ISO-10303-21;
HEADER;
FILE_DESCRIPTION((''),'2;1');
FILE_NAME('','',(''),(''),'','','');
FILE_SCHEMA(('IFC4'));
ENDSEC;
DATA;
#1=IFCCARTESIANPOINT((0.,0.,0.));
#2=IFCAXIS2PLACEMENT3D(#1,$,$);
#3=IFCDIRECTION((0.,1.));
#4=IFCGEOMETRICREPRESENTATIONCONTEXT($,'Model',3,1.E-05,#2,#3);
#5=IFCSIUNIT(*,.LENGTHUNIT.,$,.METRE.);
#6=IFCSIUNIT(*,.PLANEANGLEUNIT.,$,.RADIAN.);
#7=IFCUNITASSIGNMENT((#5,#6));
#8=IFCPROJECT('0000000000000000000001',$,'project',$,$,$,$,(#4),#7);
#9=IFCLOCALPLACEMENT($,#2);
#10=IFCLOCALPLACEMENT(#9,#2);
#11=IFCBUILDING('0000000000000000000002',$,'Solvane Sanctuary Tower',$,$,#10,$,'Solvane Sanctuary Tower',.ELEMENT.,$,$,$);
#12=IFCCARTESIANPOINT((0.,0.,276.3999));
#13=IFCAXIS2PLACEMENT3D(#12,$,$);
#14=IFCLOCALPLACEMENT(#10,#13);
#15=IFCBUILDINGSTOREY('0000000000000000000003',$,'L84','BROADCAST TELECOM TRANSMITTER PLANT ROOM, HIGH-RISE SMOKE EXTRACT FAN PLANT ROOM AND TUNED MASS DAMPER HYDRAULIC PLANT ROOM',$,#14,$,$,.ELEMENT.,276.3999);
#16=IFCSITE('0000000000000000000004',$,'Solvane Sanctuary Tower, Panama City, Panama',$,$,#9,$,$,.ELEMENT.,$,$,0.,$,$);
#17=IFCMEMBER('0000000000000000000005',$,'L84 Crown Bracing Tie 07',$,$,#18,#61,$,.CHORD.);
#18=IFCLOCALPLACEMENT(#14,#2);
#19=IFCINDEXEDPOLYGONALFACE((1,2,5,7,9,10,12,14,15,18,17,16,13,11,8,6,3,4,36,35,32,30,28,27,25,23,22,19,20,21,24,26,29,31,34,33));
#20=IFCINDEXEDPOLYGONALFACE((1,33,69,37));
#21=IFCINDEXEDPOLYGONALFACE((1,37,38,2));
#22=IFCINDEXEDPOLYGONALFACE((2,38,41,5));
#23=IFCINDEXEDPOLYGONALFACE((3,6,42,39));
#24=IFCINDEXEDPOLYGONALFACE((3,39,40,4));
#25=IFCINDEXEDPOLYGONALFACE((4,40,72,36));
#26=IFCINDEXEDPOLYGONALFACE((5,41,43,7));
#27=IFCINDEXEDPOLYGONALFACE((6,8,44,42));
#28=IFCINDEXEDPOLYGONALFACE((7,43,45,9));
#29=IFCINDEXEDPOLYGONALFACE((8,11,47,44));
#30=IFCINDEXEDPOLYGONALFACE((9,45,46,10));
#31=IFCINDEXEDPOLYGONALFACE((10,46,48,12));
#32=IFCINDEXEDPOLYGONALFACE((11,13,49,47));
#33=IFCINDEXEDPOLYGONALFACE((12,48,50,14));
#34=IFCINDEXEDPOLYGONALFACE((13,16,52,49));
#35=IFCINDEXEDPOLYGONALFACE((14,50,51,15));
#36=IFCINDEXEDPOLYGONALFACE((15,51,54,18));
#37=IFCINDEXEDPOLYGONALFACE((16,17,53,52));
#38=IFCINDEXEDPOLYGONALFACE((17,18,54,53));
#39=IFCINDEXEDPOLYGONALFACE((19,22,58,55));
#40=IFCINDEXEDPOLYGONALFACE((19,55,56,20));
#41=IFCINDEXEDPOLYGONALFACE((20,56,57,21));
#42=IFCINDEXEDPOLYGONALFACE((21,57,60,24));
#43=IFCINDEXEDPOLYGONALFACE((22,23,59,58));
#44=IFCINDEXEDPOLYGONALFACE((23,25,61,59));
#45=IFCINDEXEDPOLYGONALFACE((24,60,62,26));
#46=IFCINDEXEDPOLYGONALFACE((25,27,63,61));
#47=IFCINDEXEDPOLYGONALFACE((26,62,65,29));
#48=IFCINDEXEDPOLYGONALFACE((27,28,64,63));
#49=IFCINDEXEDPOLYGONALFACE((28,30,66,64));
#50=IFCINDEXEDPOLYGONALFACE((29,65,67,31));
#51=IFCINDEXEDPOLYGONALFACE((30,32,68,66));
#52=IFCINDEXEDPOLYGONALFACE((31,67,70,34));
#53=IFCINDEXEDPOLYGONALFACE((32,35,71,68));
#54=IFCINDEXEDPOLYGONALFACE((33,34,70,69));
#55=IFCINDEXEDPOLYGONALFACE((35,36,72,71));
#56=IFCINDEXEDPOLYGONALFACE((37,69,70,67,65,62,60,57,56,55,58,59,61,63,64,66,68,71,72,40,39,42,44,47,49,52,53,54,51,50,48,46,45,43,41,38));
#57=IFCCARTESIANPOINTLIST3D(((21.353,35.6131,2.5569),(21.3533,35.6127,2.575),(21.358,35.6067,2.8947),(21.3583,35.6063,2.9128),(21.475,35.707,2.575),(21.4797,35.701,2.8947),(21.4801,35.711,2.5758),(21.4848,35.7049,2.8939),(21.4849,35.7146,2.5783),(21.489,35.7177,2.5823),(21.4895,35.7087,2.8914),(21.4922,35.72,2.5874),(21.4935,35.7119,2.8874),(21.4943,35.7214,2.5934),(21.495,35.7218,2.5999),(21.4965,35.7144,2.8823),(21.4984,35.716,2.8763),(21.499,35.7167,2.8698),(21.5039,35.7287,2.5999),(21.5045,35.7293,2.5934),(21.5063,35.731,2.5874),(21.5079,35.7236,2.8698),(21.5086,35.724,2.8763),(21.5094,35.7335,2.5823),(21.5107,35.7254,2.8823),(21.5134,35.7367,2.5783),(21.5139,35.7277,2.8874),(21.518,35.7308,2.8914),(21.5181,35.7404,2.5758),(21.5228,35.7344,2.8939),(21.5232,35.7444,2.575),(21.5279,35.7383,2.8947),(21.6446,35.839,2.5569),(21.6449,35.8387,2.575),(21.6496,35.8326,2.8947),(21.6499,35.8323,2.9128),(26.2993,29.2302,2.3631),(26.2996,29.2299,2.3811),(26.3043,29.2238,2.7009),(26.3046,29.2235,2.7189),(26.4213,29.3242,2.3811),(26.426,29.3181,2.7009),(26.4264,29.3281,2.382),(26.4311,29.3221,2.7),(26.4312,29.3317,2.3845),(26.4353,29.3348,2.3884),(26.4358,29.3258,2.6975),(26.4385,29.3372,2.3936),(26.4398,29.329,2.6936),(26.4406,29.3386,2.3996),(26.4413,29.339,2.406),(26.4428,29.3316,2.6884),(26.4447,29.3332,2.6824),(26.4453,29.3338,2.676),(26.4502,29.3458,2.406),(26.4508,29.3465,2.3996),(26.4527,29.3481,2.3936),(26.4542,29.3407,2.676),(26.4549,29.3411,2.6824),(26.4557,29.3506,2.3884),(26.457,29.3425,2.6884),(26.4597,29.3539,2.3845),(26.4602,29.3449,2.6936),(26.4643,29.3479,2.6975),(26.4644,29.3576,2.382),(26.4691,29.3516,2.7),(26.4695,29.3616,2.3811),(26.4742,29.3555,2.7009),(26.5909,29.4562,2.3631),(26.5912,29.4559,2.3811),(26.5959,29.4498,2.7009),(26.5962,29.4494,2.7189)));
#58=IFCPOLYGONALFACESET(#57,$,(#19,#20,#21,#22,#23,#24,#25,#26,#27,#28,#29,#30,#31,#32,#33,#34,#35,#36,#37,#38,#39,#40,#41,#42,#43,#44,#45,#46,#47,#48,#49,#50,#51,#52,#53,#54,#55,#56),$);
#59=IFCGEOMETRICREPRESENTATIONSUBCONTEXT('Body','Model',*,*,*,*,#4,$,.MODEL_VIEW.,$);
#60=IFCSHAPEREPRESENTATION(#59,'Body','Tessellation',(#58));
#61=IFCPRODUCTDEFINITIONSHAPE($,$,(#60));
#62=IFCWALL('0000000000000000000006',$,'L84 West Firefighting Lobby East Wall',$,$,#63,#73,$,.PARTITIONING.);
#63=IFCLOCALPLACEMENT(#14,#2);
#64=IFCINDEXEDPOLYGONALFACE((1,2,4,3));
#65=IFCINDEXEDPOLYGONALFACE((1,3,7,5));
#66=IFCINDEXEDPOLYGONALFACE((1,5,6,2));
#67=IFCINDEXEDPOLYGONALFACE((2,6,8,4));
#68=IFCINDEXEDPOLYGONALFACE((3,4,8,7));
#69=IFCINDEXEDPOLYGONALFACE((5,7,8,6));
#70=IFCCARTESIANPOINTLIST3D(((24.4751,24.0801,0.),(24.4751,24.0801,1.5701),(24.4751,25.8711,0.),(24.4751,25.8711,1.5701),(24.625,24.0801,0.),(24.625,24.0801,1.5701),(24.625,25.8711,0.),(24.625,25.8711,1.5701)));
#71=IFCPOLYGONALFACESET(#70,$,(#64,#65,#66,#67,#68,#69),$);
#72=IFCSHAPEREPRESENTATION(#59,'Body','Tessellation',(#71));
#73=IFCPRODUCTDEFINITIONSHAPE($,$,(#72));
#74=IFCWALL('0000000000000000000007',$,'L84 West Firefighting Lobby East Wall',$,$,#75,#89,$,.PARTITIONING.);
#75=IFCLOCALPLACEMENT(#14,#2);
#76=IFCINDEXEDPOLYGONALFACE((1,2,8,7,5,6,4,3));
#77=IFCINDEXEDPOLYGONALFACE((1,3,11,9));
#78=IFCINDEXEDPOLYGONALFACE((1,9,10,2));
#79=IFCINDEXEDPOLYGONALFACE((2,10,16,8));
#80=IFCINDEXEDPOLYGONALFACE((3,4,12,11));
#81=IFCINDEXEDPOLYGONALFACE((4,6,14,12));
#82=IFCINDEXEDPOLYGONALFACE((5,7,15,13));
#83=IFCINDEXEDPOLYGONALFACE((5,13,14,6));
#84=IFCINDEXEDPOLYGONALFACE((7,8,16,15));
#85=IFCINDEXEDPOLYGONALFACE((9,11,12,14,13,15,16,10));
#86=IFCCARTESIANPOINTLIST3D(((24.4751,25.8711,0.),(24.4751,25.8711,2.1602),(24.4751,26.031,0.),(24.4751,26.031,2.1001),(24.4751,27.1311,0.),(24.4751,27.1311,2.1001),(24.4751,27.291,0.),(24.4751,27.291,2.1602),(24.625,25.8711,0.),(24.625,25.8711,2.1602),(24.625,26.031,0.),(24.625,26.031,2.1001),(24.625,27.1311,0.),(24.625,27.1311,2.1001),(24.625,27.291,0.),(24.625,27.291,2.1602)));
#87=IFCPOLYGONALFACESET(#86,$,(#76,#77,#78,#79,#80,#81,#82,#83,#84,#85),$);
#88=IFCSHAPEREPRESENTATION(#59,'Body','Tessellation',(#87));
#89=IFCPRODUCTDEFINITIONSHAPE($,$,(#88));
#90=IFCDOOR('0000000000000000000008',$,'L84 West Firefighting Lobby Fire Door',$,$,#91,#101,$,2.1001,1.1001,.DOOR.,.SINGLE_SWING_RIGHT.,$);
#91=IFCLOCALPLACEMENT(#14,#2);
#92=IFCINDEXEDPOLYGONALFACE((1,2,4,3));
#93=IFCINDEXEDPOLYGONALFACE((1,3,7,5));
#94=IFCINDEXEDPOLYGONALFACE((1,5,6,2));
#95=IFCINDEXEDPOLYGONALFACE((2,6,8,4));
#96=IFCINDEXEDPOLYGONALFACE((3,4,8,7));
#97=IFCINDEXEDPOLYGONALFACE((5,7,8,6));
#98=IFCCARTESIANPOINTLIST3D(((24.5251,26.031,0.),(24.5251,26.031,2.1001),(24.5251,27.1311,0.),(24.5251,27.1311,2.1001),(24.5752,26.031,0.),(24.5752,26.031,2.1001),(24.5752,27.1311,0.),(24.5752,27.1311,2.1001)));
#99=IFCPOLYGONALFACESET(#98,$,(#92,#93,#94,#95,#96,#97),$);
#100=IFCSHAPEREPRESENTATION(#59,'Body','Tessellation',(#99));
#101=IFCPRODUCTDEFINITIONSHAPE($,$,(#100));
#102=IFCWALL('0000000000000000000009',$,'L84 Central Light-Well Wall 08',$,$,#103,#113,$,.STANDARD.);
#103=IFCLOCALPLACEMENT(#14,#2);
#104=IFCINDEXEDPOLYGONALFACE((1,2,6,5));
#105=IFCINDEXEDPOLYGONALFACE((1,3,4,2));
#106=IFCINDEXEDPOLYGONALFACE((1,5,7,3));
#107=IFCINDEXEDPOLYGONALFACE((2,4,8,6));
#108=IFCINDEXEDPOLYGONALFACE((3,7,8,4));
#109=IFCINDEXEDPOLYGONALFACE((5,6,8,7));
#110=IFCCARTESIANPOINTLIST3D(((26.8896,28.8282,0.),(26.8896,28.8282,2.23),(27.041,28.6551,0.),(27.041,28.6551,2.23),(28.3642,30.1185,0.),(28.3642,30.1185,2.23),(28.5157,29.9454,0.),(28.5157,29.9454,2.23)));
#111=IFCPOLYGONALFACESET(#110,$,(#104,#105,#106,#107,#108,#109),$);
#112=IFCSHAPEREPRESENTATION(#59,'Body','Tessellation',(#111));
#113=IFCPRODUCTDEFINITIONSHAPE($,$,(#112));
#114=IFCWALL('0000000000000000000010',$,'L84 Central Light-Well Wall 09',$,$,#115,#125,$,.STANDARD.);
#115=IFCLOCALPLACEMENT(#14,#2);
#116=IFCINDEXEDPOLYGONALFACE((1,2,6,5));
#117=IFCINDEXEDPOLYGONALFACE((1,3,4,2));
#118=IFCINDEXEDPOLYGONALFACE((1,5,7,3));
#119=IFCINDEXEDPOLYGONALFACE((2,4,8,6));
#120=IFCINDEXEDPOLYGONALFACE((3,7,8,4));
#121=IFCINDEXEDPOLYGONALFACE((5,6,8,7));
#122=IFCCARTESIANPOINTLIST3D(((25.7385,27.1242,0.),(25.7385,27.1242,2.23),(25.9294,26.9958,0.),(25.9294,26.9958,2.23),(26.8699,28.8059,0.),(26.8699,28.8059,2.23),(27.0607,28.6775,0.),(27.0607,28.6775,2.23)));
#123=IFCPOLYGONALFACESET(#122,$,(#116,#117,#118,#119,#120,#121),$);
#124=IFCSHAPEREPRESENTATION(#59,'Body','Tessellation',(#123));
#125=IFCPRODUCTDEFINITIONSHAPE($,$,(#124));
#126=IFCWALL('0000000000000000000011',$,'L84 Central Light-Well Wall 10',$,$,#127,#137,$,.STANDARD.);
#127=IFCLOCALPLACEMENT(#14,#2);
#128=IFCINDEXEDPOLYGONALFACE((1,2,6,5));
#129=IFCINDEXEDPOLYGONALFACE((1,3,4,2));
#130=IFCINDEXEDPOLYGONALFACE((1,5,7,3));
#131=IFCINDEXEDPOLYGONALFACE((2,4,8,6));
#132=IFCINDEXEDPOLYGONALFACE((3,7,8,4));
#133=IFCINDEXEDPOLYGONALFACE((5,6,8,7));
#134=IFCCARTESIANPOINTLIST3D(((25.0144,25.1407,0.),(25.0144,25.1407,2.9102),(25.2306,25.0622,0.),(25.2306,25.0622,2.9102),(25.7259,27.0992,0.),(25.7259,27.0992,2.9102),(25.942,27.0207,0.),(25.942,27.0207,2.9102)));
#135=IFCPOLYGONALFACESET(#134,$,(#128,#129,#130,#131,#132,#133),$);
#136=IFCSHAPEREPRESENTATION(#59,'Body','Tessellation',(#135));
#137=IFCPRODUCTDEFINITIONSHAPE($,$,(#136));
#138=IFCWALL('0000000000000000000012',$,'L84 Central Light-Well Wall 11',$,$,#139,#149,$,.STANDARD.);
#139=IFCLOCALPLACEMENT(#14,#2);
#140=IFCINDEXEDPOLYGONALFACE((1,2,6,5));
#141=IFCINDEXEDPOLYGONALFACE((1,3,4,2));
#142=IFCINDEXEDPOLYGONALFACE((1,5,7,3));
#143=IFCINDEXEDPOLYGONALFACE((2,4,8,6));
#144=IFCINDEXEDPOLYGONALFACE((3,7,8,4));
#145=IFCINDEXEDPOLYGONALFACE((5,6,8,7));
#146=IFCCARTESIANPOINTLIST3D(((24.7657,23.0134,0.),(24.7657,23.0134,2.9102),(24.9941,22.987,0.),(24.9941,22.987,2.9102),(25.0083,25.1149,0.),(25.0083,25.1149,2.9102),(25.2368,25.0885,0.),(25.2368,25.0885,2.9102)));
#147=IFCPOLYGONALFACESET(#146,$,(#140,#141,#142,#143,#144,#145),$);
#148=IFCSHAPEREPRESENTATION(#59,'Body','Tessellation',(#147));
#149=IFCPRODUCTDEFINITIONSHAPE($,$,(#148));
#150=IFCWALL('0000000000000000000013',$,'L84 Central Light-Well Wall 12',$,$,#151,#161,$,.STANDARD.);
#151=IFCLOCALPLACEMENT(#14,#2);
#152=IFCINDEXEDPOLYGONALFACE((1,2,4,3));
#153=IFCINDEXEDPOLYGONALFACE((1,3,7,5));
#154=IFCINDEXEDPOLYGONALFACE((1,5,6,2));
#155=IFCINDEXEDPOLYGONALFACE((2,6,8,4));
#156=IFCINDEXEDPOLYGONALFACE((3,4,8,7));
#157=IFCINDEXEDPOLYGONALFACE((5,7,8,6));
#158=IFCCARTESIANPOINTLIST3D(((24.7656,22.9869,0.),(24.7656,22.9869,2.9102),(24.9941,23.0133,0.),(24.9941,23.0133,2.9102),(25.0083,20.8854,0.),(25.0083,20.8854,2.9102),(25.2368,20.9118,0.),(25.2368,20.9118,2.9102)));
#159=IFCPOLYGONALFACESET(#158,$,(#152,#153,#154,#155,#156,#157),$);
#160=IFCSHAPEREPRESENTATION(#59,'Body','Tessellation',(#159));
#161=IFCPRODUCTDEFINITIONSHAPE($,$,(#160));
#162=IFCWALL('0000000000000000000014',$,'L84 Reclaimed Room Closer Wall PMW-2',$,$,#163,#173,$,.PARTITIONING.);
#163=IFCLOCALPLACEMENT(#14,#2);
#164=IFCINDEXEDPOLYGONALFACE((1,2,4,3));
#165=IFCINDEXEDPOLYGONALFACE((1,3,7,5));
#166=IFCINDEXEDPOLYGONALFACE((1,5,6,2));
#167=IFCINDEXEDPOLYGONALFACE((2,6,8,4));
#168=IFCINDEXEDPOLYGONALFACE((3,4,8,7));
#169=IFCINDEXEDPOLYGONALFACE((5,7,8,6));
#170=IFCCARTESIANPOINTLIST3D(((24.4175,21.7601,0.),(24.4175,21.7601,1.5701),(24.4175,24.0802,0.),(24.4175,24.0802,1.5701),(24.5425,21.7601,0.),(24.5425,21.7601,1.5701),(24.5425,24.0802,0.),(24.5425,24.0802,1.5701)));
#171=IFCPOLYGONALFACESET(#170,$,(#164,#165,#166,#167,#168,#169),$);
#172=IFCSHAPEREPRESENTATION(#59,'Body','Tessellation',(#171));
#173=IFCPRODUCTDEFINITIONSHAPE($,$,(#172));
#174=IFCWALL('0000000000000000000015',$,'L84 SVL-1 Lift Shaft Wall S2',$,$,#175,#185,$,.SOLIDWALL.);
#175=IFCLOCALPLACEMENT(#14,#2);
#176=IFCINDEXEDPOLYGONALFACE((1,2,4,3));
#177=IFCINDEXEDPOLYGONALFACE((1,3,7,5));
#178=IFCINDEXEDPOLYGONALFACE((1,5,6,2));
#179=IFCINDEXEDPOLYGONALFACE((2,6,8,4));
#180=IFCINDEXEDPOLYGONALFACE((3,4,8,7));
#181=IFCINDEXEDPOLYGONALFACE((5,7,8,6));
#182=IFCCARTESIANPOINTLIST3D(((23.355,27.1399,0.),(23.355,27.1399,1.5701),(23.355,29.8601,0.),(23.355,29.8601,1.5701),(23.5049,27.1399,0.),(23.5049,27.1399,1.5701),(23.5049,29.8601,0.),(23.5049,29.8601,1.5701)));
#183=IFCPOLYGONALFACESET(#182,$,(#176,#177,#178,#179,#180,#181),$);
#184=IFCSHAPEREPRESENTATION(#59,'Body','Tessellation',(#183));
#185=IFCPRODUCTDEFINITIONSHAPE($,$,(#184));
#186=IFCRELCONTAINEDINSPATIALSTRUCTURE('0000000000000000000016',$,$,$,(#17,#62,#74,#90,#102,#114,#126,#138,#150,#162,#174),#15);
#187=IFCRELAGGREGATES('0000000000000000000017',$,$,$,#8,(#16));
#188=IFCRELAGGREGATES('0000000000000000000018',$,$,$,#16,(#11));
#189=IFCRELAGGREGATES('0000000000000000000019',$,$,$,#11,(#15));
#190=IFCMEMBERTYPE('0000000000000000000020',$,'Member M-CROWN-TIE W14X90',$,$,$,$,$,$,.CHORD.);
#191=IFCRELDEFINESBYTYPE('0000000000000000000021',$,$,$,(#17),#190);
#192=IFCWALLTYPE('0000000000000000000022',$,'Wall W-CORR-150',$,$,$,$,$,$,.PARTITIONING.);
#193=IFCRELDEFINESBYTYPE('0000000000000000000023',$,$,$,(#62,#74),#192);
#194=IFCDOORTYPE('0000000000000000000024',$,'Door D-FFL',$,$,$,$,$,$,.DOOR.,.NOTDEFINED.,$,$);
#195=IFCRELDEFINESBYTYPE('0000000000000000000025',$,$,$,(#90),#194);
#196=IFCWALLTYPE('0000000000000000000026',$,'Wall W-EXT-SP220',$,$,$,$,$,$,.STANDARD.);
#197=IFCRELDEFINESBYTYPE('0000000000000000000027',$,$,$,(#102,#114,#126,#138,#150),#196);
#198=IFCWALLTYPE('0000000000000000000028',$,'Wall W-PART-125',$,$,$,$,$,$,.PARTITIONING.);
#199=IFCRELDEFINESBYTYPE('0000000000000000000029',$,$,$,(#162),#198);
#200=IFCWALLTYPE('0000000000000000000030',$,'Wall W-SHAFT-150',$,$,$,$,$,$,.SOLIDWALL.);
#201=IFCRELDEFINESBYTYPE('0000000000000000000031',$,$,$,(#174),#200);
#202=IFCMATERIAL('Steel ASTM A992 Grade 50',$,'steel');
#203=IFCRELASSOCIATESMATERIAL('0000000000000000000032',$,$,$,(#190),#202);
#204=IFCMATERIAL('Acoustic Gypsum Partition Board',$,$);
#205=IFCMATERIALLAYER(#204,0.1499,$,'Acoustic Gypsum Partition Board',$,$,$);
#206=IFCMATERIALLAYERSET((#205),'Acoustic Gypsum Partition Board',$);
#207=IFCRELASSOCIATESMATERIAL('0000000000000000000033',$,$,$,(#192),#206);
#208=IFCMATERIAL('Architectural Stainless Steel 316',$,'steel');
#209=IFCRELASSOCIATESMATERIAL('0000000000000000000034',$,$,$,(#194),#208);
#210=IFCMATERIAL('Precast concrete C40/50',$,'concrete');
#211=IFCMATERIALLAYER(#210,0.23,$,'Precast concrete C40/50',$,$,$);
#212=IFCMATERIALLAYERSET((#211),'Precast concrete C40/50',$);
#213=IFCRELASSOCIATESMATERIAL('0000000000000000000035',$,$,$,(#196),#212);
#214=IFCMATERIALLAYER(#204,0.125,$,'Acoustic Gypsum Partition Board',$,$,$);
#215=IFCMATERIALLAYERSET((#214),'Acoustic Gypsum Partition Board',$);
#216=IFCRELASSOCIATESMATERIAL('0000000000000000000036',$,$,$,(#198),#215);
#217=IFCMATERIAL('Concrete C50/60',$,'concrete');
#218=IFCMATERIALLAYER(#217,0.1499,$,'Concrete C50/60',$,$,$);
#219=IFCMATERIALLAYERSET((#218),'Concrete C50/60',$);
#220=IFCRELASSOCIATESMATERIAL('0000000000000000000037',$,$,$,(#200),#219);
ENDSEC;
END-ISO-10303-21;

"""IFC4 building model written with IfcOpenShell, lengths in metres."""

from ifc_helpers import new_model, si_unit, direction, frame, frame_2d, origin, origin_2d, place, context, subcontext, project, spatial, rectangle, i_section, extrude, material, layer, layer_set, material_profile, profile_set, type_object, element, fill, save


model = new_model("IFC4")

# Units and contexts
model_context = context("Model", 3, precision=1e-05, world=origin(), true_north=direction((0.0, 1.0)))
body_context = subcontext(model_context, "Body", "Model", "MODEL_VIEW")
ifc_project = project(units=[si_unit("LENGTHUNIT", "METRE"), si_unit("PLANEANGLEUNIT", "RADIAN")], contexts=[model_context])

# Site, building, storey
site_placement = place(None, origin())
site = spatial("IfcSite", under=ifc_project, at=site_placement, Name="Solvane Sanctuary Tower, Panama City, Panama", CompositionType="ELEMENT", RefElevation=0.0)
building_placement = place(site_placement, origin())
building = spatial("IfcBuilding", under=site, at=building_placement, Name="Solvane Sanctuary Tower", LongName="Solvane Sanctuary Tower", CompositionType="ELEMENT")
storey_placement = place(building_placement, frame((0.0, 0.0, 276.3999)))
storey = spatial("IfcBuildingStorey", under=building, at=storey_placement, Name="L84", Description="BROADCAST TELECOM TRANSMITTER PLANT ROOM, HIGH-RISE SMOKE EXTRACT FAN PLANT ROOM AND TUNED MASS DAMPER HYDRAULIC PLANT ROOM", CompositionType="ELEMENT", Elevation=276.3999)

# Shared definitions
ifc_material_1 = material(Name="Concrete C50/60", Category="concrete")

# Shared definitions
ifc_material_2 = material(Name="Steel ASTM A992 Grade 50", Category="steel")

# Member
ifc_material_profile_1 = material_profile(ifc_material_2, i_section(OverallWidth=0.3689, OverallDepth=0.356, WebThickness=0.0112, FlangeThickness=0.0181, FilletRadius=0.0249, at=origin_2d()), Name="W14X90")
ifc_profile_set_1 = profile_set([ifc_material_profile_1], Name="Steel ASTM A992 Grade 50")
member_type = type_object("IfcMemberType", Name="Member M-CROWN-TIE W14X90", PredefinedType="CHORD", material=ifc_profile_set_1)
member_placement = place(storey_placement, frame((26.4478, 29.3398, 2.541), z_axis=(-0.612365, 0.790211, 0.023999), x_axis=(-0.790438, -0.612541, 0.0)))
element("IfcMember", 1, at=member_placement, inside=storey, type_object=member_type, Name="L84 Crown Bracing Tie 07", PredefinedType="CHORD", context=body_context, shape_type="SweptSolid", body=[
    extrude(i_section(OverallWidth=0.3689, OverallDepth=0.356, WebThickness=0.0112, FlangeThickness=0.0181, FilletRadius=0.0249, at=origin_2d()), origin(), (0.0, 0.0, 1.0), 8.0774),
])

# Wall
ifc_material_3 = material(Name="Acoustic Gypsum Partition Board")
ifc_layer_1 = layer(ifc_material_3, 0.1499, Name="Acoustic Gypsum Partition Board")
ifc_layer_set_1 = layer_set([ifc_layer_1], Name="Acoustic Gypsum Partition Board")
wall_type_1 = type_object("IfcWallType", Name="Wall W-CORR-150", PredefinedType="PARTITIONING", material=ifc_layer_set_1)
wall_1_placement = place(storey_placement, frame((24.55, 24.0801, 0.0), z_axis=(0.0, 0.0, 1.0), x_axis=(0.0, 1.0, 0.0)))
element("IfcWall", 2, at=wall_1_placement, inside=storey, type_object=wall_type_1, Name="L84 West Firefighting Lobby East Wall", PredefinedType="PARTITIONING", context=body_context, shape_type="SweptSolid", body=[
    extrude(rectangle(XDim=1.791, YDim=0.1499, at=frame_2d((0.8955, 0.0))), origin(), (0.0, 0.0, 1.0), 1.5701),
])

# Wall, opening, door
wall_2_placement = place(storey_placement, frame((24.55, 25.8711, 0.0), z_axis=(0.0, 0.0, 1.0), x_axis=(0.0, 1.0, 0.0)))
wall_2 = element("IfcWall", 3, at=wall_2_placement, inside=storey, type_object=wall_type_1, Name="L84 West Firefighting Lobby East Wall", PredefinedType="PARTITIONING", context=body_context, shape_type="SweptSolid", body=[
    extrude(rectangle(XDim=1.4199, YDim=0.1499, at=frame_2d((0.71, 0.0))), origin(), (0.0, 0.0, 1.0), 2.1602),
])
opening_placement = place(wall_2_placement, frame((0.1599, 0.0, 0.0)))
opening = element("IfcOpeningElement", 4, at=opening_placement, cuts=wall_2, PredefinedType="OPENING", context=body_context, shape_type="SweptSolid", body=[
    extrude(rectangle(XDim=1.1001, YDim=2.1001, at=frame_2d((0.55, 1.05))), frame((0.0, 0.085, 0.0), z_axis=(0.0, -1.0, 0.0), x_axis=(1.0, 0.0, 0.0)), (0.0, 0.0, 1.0), 0.1699),
])
ifc_material_4 = material(Name="Architectural Stainless Steel 316", Category="steel")
door_type = type_object("IfcDoorType", Name="Door D-FFL", OperationType="NOTDEFINED", PredefinedType="DOOR", material=ifc_material_4)
door_placement = place(opening_placement, origin())
door = element("IfcDoor", 5, at=door_placement, inside=storey, type_object=door_type, Name="L84 West Firefighting Lobby Fire Door", OperationType="SINGLE_SWING_RIGHT", OverallHeight=2.1001, OverallWidth=1.1001, PredefinedType="DOOR", context=body_context, shape_type="SweptSolid", body=[
    extrude(rectangle(XDim=1.1001, YDim=2.1001, at=frame_2d((0.55, 1.05))), frame((0.0, 0.0249, 0.0), z_axis=(0.0, -1.0, 0.0), x_axis=(1.0, 0.0, 0.0)), (0.0, 0.0, 1.0), 0.05),
])
fill(opening, door)

# Walls
ifc_material_5 = material(Name="Precast concrete C40/50", Category="concrete")
ifc_layer_2 = layer(ifc_material_5, 0.23, Name="Precast concrete C40/50")
ifc_layer_set_2 = layer_set([ifc_layer_2], Name="Precast concrete C40/50")
wall_type_2 = type_object("IfcWallType", Name="Wall W-EXT-SP220", PredefinedType="STANDARD", material=ifc_layer_set_2)
wall_3_placement = place(storey_placement, frame((28.4399, 30.032, 0.0), z_axis=(0.0, 0.0, 1.0), x_axis=(-0.752577, -0.658505, 0.0)))
element("IfcWall", 6, at=wall_3_placement, inside=storey, type_object=wall_type_2, Name="L84 Central Light-Well Wall 08", PredefinedType="STANDARD", context=body_context, shape_type="SweptSolid", body=[
    extrude(rectangle(XDim=1.9595, YDim=0.23, at=frame_2d((0.9797, 0.0))), origin(), (0.0, 0.0, 1.0), 2.23),
])
wall_4_placement = place(storey_placement, frame((26.9653, 28.7417, 0.0), z_axis=(0.0, 0.0, 1.0), x_axis=(-0.558198, -0.829708, 0.0)))
element("IfcWall", 7, at=wall_4_placement, inside=storey, type_object=wall_type_2, Name="L84 Central Light-Well Wall 09", PredefinedType="STANDARD", context=body_context, shape_type="SweptSolid", body=[
    extrude(rectangle(XDim=2.0269, YDim=0.23, at=frame_2d((1.0134, 0.0))), origin(), (0.0, 0.0, 1.0), 2.23),
])
wall_5_placement = place(storey_placement, frame((25.834, 27.0601, 0.0), z_axis=(0.0, 0.0, 1.0), x_axis=(-0.341423, -0.93991, 0.0)))
element("IfcWall", 8, at=wall_5_placement, inside=storey, type_object=wall_type_2, Name="L84 Central Light-Well Wall 10", PredefinedType="STANDARD", context=body_context, shape_type="SweptSolid", body=[
    extrude(rectangle(XDim=2.0837, YDim=0.23, at=frame_2d((1.042, 0.0))), origin(), (0.0, 0.0, 1.0), 2.9102),
])
for number, where, z_axis, x_axis, name in (
    (9, (25.1226, 25.1016, 0.0), (0.0, 0.0, 1.0), (-0.114712, -0.993399, 0.0), "L84 Central Light-Well Wall 11"),
    (10, (24.8799, 23.0, 0.0), (0.0, 0.0, 1.0), (0.114712, -0.993399, 0.0), "L84 Central Light-Well Wall 12"),
):
    element("IfcWall", number, at=place(storey_placement, frame(where, z_axis=z_axis, x_axis=x_axis)), inside=storey, type_object=wall_type_2, Name=name, PredefinedType="STANDARD", context=body_context, shape_type="SweptSolid", body=[
        extrude(rectangle(XDim=2.1155, YDim=0.23, at=frame_2d((1.0576, 0.0))), origin(), (0.0, 0.0, 1.0), 2.9102),
    ])
ifc_layer_3 = layer(ifc_material_3, 0.125, Name="Acoustic Gypsum Partition Board")
ifc_layer_set_3 = layer_set([ifc_layer_3], Name="Acoustic Gypsum Partition Board")
wall_type_3 = type_object("IfcWallType", Name="Wall W-PART-125", PredefinedType="PARTITIONING", material=ifc_layer_set_3)
wall_6_placement = place(storey_placement, frame((24.48, 21.76, 0.0), z_axis=(0.0, 0.0, 1.0), x_axis=(0.0, 1.0, 0.0)))
element("IfcWall", 11, at=wall_6_placement, inside=storey, type_object=wall_type_3, Name="L84 Reclaimed Room Closer Wall PMW-2", PredefinedType="PARTITIONING", context=body_context, shape_type="SweptSolid", body=[
    extrude(rectangle(XDim=2.3201, YDim=0.125, at=frame_2d((1.1602, 0.0))), origin(), (0.0, 0.0, 1.0), 1.5701),
])
ifc_layer_4 = layer(ifc_material_1, 0.1499, Name="Concrete C50/60")
ifc_layer_set_4 = layer_set([ifc_layer_4], Name="Concrete C50/60")
wall_type_4 = type_object("IfcWallType", Name="Wall W-SHAFT-150", PredefinedType="SOLIDWALL", material=ifc_layer_set_4)
wall_7_placement = place(storey_placement, frame((23.4299, 27.1399, 0.0), z_axis=(0.0, 0.0, 1.0), x_axis=(0.0, 1.0, 0.0)))
element("IfcWall", 12, at=wall_7_placement, inside=storey, type_object=wall_type_4, Name="L84 SVL-1 Lift Shaft Wall S2", PredefinedType="SOLIDWALL", context=body_context, shape_type="SweptSolid", body=[
    extrude(rectangle(XDim=2.7202, YDim=0.1499, at=frame_2d((1.3601, 0.0))), origin(), (0.0, 0.0, 1.0), 1.5701),
])

save(model, "model.ifc")
